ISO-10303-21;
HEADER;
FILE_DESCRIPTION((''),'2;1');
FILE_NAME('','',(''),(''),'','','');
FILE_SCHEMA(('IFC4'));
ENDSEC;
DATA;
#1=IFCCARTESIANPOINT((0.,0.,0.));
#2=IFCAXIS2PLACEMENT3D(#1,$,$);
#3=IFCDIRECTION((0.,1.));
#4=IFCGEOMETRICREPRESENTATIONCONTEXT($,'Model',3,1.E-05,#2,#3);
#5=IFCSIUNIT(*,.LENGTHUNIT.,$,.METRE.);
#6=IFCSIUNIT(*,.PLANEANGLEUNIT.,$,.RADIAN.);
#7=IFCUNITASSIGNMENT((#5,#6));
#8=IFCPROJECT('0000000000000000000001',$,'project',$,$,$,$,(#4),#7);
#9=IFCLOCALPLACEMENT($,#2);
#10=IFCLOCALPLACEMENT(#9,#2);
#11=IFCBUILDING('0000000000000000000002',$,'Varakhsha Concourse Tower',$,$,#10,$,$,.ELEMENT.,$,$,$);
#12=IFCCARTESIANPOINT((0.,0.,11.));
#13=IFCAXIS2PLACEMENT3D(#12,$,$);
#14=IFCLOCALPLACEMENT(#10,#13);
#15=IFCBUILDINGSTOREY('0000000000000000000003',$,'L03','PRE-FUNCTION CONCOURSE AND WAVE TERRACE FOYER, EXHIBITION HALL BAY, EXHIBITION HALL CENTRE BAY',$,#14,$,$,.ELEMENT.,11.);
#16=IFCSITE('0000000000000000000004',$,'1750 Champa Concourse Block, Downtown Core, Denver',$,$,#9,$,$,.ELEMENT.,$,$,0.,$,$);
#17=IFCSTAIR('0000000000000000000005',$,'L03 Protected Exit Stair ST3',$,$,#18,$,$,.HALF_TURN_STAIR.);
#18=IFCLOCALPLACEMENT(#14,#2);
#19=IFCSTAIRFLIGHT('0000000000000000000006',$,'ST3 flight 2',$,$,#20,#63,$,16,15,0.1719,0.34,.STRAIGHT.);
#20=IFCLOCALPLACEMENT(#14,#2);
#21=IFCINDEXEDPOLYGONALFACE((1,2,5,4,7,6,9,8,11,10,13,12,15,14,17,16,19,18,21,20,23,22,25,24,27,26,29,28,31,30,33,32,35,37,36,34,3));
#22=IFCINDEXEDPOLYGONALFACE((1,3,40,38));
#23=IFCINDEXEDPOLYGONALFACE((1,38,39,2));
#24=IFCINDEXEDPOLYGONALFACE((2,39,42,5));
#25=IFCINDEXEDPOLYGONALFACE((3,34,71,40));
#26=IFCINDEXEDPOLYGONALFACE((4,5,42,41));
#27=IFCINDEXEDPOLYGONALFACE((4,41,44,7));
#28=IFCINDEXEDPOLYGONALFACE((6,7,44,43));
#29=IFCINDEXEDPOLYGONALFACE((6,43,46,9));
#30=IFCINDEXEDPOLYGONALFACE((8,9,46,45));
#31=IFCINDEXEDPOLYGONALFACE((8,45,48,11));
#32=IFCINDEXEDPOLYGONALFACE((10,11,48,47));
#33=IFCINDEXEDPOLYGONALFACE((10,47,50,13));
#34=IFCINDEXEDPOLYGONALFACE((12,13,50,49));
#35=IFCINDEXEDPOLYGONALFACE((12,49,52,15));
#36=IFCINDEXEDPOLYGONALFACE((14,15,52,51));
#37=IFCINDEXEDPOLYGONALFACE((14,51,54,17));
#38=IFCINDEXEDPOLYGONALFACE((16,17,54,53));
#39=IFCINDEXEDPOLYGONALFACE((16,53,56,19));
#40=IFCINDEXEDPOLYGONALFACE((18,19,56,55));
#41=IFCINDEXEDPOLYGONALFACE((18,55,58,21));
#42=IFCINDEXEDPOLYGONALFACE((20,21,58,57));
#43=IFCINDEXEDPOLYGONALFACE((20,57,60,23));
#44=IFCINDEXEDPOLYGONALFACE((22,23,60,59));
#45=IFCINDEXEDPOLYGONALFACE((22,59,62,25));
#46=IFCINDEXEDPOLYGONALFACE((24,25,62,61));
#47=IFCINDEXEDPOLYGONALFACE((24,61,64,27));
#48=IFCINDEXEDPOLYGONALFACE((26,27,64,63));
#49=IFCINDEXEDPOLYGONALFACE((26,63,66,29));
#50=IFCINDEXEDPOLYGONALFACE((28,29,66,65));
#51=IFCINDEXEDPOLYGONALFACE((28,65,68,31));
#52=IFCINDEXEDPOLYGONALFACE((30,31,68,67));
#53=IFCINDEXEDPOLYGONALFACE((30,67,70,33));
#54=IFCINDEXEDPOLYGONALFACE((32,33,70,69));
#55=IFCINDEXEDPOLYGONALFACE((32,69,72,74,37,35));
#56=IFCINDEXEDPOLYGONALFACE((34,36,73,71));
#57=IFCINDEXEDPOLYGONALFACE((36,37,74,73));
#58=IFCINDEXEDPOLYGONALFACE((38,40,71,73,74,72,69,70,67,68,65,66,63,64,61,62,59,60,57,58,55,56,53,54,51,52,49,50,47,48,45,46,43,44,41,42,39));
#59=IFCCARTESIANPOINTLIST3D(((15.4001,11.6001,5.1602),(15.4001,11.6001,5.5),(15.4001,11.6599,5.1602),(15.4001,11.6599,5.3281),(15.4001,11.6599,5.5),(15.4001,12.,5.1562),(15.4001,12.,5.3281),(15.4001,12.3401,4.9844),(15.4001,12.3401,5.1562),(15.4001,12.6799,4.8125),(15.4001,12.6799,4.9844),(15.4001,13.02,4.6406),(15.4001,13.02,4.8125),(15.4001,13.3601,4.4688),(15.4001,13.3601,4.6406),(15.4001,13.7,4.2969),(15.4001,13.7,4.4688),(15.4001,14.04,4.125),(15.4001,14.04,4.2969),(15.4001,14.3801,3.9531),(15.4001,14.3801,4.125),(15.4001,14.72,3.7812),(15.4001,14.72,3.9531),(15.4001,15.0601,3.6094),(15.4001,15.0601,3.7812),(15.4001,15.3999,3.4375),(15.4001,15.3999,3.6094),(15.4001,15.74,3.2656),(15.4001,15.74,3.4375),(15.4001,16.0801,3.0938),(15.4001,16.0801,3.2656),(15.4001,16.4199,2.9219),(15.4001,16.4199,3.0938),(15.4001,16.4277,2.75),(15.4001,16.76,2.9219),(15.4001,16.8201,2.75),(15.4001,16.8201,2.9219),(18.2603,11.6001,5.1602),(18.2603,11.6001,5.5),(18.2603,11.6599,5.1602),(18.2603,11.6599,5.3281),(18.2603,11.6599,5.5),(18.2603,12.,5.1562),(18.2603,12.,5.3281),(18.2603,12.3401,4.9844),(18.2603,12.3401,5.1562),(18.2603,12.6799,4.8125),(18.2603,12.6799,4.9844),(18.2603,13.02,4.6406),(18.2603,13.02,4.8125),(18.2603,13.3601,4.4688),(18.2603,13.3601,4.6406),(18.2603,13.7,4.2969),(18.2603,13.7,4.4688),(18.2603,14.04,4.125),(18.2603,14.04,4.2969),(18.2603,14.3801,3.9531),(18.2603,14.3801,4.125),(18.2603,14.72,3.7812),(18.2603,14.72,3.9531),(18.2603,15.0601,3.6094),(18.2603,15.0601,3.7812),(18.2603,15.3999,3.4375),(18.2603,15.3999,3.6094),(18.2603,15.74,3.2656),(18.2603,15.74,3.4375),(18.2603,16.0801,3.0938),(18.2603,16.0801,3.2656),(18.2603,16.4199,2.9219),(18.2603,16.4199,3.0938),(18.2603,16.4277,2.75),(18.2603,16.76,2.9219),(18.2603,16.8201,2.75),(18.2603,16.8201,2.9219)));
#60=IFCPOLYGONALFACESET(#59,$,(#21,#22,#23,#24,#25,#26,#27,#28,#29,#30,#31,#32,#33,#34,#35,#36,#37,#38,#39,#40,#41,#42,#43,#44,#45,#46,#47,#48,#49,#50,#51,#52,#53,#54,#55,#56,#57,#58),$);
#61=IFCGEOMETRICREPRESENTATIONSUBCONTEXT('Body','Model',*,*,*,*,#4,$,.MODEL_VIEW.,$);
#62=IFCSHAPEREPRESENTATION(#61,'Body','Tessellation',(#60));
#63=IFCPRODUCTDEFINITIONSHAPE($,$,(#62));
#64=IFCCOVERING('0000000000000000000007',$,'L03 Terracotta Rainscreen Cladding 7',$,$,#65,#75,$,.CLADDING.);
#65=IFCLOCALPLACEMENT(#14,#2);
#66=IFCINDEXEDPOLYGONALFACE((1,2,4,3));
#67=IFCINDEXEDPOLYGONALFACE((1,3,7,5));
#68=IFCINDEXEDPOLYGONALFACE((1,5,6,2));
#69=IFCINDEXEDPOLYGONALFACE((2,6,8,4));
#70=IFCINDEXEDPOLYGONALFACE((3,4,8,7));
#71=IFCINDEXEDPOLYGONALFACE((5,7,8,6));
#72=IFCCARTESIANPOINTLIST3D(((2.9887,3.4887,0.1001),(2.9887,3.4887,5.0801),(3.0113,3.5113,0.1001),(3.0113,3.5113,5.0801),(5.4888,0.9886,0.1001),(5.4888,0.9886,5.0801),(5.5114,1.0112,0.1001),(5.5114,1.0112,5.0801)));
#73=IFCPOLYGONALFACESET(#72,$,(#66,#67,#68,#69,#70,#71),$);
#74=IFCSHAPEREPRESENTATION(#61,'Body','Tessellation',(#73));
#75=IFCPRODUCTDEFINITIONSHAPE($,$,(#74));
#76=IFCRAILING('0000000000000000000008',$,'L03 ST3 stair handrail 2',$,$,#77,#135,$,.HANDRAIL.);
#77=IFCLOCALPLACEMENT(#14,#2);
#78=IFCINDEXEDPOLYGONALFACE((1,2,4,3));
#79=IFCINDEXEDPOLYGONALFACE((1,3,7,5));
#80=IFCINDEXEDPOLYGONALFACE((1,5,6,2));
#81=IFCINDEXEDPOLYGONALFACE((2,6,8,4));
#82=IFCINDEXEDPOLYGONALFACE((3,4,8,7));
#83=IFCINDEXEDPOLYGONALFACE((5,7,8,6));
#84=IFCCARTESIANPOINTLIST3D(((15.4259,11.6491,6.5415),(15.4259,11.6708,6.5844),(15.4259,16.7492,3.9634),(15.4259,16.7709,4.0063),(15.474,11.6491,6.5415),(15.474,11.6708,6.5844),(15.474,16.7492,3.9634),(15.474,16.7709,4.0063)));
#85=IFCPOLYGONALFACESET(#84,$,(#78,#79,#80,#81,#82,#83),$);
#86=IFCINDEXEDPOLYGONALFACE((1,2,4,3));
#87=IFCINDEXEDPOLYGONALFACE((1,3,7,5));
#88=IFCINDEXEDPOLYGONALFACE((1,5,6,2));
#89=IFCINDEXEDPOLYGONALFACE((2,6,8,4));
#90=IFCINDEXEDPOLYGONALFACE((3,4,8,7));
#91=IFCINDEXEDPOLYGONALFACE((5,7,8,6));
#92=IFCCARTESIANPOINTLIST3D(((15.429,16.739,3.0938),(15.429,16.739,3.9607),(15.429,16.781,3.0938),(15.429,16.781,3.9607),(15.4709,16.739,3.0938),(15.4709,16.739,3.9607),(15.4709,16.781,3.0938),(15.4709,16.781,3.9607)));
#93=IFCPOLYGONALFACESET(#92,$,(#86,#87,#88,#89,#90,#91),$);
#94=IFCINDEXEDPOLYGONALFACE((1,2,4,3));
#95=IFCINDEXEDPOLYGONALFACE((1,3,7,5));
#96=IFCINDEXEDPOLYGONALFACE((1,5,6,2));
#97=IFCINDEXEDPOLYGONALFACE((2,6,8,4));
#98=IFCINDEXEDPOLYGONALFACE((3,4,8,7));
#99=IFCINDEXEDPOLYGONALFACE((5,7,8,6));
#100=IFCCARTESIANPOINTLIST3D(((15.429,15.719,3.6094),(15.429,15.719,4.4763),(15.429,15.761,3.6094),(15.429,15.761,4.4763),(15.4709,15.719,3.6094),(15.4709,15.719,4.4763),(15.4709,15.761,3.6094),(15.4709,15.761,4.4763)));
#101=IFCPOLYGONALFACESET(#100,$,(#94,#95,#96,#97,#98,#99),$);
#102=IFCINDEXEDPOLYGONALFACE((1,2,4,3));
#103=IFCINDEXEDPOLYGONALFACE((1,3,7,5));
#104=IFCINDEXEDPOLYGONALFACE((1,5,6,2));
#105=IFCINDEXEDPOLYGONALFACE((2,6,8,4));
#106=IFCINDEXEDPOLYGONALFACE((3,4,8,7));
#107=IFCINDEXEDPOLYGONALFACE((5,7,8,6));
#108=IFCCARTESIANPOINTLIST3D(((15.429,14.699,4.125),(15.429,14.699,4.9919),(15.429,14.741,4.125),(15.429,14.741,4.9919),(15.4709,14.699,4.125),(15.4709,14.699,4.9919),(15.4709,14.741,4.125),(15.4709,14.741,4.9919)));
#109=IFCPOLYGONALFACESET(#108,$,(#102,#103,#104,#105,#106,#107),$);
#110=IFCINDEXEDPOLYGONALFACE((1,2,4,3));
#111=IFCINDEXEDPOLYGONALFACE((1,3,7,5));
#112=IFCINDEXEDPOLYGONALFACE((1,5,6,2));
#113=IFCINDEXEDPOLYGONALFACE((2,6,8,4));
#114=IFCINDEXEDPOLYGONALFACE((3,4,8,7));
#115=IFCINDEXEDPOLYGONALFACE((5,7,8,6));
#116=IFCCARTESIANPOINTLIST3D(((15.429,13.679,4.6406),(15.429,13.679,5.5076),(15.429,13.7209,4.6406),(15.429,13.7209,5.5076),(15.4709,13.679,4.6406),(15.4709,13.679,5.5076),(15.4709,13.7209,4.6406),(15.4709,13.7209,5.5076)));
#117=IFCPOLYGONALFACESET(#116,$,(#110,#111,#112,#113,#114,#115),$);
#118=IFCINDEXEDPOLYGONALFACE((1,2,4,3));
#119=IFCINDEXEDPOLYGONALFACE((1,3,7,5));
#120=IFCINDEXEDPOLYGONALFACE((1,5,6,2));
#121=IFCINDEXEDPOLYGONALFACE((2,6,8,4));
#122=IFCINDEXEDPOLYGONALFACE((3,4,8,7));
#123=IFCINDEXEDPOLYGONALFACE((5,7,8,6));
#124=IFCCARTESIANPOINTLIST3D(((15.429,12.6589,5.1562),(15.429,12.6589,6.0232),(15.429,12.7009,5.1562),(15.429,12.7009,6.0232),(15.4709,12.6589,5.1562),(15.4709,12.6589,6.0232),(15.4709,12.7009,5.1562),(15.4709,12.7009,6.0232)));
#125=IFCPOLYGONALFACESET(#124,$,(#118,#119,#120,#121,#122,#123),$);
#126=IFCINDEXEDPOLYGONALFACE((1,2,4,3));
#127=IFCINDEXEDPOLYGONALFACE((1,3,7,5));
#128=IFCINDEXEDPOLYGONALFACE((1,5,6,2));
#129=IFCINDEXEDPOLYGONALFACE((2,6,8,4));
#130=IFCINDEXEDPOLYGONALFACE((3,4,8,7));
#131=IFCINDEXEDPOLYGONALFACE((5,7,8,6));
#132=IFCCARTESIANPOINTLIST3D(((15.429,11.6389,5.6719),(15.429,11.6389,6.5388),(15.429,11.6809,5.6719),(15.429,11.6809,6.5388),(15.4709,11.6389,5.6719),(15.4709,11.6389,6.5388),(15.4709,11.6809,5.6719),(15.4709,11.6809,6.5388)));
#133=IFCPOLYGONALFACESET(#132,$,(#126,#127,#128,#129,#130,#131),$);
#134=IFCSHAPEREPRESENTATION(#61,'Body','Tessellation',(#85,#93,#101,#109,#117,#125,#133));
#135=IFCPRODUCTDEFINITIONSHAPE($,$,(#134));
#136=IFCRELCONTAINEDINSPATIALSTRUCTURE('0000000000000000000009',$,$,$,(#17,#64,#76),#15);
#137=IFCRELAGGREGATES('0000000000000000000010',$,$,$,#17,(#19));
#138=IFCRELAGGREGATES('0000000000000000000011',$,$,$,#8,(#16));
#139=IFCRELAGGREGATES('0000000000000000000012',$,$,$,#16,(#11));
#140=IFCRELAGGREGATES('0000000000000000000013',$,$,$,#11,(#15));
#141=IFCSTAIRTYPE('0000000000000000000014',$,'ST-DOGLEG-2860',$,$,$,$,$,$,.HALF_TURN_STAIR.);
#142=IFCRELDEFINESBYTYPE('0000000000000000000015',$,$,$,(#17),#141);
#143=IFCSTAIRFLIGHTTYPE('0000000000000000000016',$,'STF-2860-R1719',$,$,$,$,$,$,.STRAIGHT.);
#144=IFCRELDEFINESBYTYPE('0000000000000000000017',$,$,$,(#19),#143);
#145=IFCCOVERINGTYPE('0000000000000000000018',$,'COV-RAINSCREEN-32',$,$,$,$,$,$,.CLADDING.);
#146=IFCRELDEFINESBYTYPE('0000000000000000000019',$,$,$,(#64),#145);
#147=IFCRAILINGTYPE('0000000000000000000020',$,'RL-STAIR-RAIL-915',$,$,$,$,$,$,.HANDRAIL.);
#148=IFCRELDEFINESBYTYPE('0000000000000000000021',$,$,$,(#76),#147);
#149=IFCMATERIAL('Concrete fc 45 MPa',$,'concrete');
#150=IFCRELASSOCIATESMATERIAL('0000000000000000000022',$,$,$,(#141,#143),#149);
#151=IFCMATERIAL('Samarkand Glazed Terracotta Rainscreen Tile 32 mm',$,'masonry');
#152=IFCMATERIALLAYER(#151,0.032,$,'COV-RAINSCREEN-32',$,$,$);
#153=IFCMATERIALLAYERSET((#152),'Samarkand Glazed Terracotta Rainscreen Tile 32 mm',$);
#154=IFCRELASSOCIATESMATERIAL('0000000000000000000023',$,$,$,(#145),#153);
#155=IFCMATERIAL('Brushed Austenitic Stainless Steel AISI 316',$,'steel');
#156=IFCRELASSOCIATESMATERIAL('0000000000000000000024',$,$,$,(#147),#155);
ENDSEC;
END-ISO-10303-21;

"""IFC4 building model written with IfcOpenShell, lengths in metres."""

from ifc_helpers import new_model, si_unit, direction, frame, frame_2d, origin, origin_2d, place, context, subcontext, project, spatial, polyline, rectangle, outline, extrude, material, layer, layer_set, type_object, element, aggregate, save


model = new_model("IFC4")

# Units and contexts
model_context = context("Model", 3, precision=1e-05, world=origin(), true_north=direction((0.0, 1.0)))
body_context = subcontext(model_context, "Body", "Model", "MODEL_VIEW")
ifc_project = project(units=[si_unit("LENGTHUNIT", "METRE"), si_unit("PLANEANGLEUNIT", "RADIAN")], contexts=[model_context])

# Site, building, storey
site_placement = place(None, origin())
site = spatial("IfcSite", under=ifc_project, at=site_placement, Name="1750 Champa Concourse Block, Downtown Core, Denver", CompositionType="ELEMENT", RefElevation=0.0)
building_placement = place(site_placement, origin())
building = spatial("IfcBuilding", under=site, at=building_placement, Name="Varakhsha Concourse Tower", CompositionType="ELEMENT")
storey_placement = place(building_placement, frame((0.0, 0.0, 11.0)))
storey = spatial("IfcBuildingStorey", under=building, at=storey_placement, Name="L03", Description="PRE-FUNCTION CONCOURSE AND WAVE TERRACE FOYER, EXHIBITION HALL BAY, EXHIBITION HALL CENTRE BAY", CompositionType="ELEMENT", Elevation=11.0)

# Shared definitions
ifc_material_1 = material(Name="Concrete fc 45 MPa", Category="concrete")

# Stair, stair flight
stair_type = type_object("IfcStairType", Name="ST-DOGLEG-2860", PredefinedType="HALF_TURN_STAIR", material=ifc_material_1)
stair_placement = place(storey_placement, origin())
stair = element("IfcStair", 1, at=stair_placement, inside=storey, type_object=stair_type, Name="L03 Protected Exit Stair ST3", PredefinedType="HALF_TURN_STAIR")
stair_flight_type = type_object("IfcStairFlightType", Name="STF-2860-R1719", PredefinedType="STRAIGHT", material=ifc_material_1)
stair_flight_placement = place(storey_placement, frame((16.8301, 16.76, 2.75), z_axis=(0.0, 0.0, 1.0), x_axis=(0.0, -1.0, 0.0)))
stair_flight = element("IfcStairFlight", 2, at=stair_flight_placement, type_object=stair_flight_type, Name="ST3 flight 2", NumberOfRisers=16, NumberOfTreads=15, PredefinedType="STRAIGHT", RiserHeight=0.1719, TreadLength=0.34, context=body_context, shape_type="SweptSolid", body=[
    extrude(outline(polyline([(-0.0601, 0.0), (-0.0601, 0.1719), (0.0, 0.1719), (0.3401, 0.1719), (0.3401, 0.3438), (0.6799, 0.3438), (0.6799, 0.5156), (1.02, 0.5156), (1.02, 0.6875), (1.3601, 0.6875), (1.3601, 0.8594), (1.7, 0.8594), (1.7, 1.0312), (2.04, 1.0312), (2.04, 1.2031), (2.3799, 1.2031), (2.3799, 1.375), (2.72, 1.375), (2.72, 1.5469), (3.0601, 1.5469), (3.0601, 1.7188), (3.3999, 1.7188), (3.3999, 1.8906), (3.74, 1.8906), (3.74, 2.0625), (4.0801, 2.0625), (4.0801, 2.2344), (4.4199, 2.2344), (4.4199, 2.4062), (4.76, 2.4062), (4.76, 2.5781), (5.1001, 2.5781), (5.1001, 2.75), (5.1599, 2.75), (5.1599, 2.4102), (5.1001, 2.4102), (0.3323, 0.0), (-0.0601, 0.0)])), frame((0.0, 1.4302, 0.0), z_axis=(0.0, -1.0, 0.0), x_axis=(1.0, 0.0, 0.0)), (0.0, 0.0, 1.0), 2.8601),
])
aggregate(stair, [stair_flight])

# Covering
ifc_material_2 = material(Name="Samarkand Glazed Terracotta Rainscreen Tile 32 mm", Category="masonry")
ifc_layer_1 = layer(ifc_material_2, 0.032, Name="COV-RAINSCREEN-32")
ifc_layer_set_1 = layer_set([ifc_layer_1], Name="Samarkand Glazed Terracotta Rainscreen Tile 32 mm")
covering_type = type_object("IfcCoveringType", Name="COV-RAINSCREEN-32", PredefinedType="CLADDING", material=ifc_layer_set_1)
covering_placement = place(storey_placement, frame((3.0, 3.5, 0.1001), z_axis=(0.0, 0.0, 1.0), x_axis=(0.707107, -0.707107, 0.0)))
element("IfcCovering", 3, at=covering_placement, inside=storey, type_object=covering_type, Name="L03 Terracotta Rainscreen Cladding 7", PredefinedType="CLADDING", context=body_context, shape_type="SweptSolid", body=[
    extrude(rectangle(XDim=3.5356, YDim=0.032, at=frame_2d((1.7678, 0.0))), origin(), (0.0, 0.0, 1.0), 4.98),
])

# Railing
ifc_material_3 = material(Name="Brushed Austenitic Stainless Steel AISI 316", Category="steel")
railing_type = type_object("IfcRailingType", Name="RL-STAIR-RAIL-915", PredefinedType="HANDRAIL", material=ifc_material_3)
railing_placement = place(storey_placement, frame((15.45, 16.76, 3.0938)))
element("IfcRailing", 4, at=railing_placement, inside=storey, type_object=railing_type, Name="L03 ST3 stair handrail 2", PredefinedType="HANDRAIL", context=body_context, shape_type="SweptSolid", body=[
    extrude(rectangle(XDim=0.0481, YDim=0.0481, at=origin_2d()), frame((0.0, 0.0, 0.8911), z_axis=(0.0, -0.892453, 0.45114), x_axis=(1.0, 0.0, 0.0)), (0.0, 0.0, 1.0), 5.7146),
    extrude(rectangle(XDim=0.042, YDim=0.042, at=origin_2d()), origin(), (0.0, 0.0, 1.0), 0.8669),
    extrude(rectangle(XDim=0.042, YDim=0.042, at=origin_2d()), frame((0.0, -1.02, 0.5156)), (0.0, 0.0, 1.0), 0.8669),
    extrude(rectangle(XDim=0.042, YDim=0.042, at=origin_2d()), frame((0.0, -2.04, 1.0312)), (0.0, 0.0, 1.0), 0.8669),
    extrude(rectangle(XDim=0.042, YDim=0.042, at=origin_2d()), frame((0.0, -3.0601, 1.5469)), (0.0, 0.0, 1.0), 0.8669),
    extrude(rectangle(XDim=0.042, YDim=0.042, at=origin_2d()), frame((0.0, -4.0801, 2.0625)), (0.0, 0.0, 1.0), 0.8669),
    extrude(rectangle(XDim=0.042, YDim=0.042, at=origin_2d()), frame((0.0, -5.1001, 2.5781)), (0.0, 0.0, 1.0), 0.8669),
])

save(model, "model.ifc")
